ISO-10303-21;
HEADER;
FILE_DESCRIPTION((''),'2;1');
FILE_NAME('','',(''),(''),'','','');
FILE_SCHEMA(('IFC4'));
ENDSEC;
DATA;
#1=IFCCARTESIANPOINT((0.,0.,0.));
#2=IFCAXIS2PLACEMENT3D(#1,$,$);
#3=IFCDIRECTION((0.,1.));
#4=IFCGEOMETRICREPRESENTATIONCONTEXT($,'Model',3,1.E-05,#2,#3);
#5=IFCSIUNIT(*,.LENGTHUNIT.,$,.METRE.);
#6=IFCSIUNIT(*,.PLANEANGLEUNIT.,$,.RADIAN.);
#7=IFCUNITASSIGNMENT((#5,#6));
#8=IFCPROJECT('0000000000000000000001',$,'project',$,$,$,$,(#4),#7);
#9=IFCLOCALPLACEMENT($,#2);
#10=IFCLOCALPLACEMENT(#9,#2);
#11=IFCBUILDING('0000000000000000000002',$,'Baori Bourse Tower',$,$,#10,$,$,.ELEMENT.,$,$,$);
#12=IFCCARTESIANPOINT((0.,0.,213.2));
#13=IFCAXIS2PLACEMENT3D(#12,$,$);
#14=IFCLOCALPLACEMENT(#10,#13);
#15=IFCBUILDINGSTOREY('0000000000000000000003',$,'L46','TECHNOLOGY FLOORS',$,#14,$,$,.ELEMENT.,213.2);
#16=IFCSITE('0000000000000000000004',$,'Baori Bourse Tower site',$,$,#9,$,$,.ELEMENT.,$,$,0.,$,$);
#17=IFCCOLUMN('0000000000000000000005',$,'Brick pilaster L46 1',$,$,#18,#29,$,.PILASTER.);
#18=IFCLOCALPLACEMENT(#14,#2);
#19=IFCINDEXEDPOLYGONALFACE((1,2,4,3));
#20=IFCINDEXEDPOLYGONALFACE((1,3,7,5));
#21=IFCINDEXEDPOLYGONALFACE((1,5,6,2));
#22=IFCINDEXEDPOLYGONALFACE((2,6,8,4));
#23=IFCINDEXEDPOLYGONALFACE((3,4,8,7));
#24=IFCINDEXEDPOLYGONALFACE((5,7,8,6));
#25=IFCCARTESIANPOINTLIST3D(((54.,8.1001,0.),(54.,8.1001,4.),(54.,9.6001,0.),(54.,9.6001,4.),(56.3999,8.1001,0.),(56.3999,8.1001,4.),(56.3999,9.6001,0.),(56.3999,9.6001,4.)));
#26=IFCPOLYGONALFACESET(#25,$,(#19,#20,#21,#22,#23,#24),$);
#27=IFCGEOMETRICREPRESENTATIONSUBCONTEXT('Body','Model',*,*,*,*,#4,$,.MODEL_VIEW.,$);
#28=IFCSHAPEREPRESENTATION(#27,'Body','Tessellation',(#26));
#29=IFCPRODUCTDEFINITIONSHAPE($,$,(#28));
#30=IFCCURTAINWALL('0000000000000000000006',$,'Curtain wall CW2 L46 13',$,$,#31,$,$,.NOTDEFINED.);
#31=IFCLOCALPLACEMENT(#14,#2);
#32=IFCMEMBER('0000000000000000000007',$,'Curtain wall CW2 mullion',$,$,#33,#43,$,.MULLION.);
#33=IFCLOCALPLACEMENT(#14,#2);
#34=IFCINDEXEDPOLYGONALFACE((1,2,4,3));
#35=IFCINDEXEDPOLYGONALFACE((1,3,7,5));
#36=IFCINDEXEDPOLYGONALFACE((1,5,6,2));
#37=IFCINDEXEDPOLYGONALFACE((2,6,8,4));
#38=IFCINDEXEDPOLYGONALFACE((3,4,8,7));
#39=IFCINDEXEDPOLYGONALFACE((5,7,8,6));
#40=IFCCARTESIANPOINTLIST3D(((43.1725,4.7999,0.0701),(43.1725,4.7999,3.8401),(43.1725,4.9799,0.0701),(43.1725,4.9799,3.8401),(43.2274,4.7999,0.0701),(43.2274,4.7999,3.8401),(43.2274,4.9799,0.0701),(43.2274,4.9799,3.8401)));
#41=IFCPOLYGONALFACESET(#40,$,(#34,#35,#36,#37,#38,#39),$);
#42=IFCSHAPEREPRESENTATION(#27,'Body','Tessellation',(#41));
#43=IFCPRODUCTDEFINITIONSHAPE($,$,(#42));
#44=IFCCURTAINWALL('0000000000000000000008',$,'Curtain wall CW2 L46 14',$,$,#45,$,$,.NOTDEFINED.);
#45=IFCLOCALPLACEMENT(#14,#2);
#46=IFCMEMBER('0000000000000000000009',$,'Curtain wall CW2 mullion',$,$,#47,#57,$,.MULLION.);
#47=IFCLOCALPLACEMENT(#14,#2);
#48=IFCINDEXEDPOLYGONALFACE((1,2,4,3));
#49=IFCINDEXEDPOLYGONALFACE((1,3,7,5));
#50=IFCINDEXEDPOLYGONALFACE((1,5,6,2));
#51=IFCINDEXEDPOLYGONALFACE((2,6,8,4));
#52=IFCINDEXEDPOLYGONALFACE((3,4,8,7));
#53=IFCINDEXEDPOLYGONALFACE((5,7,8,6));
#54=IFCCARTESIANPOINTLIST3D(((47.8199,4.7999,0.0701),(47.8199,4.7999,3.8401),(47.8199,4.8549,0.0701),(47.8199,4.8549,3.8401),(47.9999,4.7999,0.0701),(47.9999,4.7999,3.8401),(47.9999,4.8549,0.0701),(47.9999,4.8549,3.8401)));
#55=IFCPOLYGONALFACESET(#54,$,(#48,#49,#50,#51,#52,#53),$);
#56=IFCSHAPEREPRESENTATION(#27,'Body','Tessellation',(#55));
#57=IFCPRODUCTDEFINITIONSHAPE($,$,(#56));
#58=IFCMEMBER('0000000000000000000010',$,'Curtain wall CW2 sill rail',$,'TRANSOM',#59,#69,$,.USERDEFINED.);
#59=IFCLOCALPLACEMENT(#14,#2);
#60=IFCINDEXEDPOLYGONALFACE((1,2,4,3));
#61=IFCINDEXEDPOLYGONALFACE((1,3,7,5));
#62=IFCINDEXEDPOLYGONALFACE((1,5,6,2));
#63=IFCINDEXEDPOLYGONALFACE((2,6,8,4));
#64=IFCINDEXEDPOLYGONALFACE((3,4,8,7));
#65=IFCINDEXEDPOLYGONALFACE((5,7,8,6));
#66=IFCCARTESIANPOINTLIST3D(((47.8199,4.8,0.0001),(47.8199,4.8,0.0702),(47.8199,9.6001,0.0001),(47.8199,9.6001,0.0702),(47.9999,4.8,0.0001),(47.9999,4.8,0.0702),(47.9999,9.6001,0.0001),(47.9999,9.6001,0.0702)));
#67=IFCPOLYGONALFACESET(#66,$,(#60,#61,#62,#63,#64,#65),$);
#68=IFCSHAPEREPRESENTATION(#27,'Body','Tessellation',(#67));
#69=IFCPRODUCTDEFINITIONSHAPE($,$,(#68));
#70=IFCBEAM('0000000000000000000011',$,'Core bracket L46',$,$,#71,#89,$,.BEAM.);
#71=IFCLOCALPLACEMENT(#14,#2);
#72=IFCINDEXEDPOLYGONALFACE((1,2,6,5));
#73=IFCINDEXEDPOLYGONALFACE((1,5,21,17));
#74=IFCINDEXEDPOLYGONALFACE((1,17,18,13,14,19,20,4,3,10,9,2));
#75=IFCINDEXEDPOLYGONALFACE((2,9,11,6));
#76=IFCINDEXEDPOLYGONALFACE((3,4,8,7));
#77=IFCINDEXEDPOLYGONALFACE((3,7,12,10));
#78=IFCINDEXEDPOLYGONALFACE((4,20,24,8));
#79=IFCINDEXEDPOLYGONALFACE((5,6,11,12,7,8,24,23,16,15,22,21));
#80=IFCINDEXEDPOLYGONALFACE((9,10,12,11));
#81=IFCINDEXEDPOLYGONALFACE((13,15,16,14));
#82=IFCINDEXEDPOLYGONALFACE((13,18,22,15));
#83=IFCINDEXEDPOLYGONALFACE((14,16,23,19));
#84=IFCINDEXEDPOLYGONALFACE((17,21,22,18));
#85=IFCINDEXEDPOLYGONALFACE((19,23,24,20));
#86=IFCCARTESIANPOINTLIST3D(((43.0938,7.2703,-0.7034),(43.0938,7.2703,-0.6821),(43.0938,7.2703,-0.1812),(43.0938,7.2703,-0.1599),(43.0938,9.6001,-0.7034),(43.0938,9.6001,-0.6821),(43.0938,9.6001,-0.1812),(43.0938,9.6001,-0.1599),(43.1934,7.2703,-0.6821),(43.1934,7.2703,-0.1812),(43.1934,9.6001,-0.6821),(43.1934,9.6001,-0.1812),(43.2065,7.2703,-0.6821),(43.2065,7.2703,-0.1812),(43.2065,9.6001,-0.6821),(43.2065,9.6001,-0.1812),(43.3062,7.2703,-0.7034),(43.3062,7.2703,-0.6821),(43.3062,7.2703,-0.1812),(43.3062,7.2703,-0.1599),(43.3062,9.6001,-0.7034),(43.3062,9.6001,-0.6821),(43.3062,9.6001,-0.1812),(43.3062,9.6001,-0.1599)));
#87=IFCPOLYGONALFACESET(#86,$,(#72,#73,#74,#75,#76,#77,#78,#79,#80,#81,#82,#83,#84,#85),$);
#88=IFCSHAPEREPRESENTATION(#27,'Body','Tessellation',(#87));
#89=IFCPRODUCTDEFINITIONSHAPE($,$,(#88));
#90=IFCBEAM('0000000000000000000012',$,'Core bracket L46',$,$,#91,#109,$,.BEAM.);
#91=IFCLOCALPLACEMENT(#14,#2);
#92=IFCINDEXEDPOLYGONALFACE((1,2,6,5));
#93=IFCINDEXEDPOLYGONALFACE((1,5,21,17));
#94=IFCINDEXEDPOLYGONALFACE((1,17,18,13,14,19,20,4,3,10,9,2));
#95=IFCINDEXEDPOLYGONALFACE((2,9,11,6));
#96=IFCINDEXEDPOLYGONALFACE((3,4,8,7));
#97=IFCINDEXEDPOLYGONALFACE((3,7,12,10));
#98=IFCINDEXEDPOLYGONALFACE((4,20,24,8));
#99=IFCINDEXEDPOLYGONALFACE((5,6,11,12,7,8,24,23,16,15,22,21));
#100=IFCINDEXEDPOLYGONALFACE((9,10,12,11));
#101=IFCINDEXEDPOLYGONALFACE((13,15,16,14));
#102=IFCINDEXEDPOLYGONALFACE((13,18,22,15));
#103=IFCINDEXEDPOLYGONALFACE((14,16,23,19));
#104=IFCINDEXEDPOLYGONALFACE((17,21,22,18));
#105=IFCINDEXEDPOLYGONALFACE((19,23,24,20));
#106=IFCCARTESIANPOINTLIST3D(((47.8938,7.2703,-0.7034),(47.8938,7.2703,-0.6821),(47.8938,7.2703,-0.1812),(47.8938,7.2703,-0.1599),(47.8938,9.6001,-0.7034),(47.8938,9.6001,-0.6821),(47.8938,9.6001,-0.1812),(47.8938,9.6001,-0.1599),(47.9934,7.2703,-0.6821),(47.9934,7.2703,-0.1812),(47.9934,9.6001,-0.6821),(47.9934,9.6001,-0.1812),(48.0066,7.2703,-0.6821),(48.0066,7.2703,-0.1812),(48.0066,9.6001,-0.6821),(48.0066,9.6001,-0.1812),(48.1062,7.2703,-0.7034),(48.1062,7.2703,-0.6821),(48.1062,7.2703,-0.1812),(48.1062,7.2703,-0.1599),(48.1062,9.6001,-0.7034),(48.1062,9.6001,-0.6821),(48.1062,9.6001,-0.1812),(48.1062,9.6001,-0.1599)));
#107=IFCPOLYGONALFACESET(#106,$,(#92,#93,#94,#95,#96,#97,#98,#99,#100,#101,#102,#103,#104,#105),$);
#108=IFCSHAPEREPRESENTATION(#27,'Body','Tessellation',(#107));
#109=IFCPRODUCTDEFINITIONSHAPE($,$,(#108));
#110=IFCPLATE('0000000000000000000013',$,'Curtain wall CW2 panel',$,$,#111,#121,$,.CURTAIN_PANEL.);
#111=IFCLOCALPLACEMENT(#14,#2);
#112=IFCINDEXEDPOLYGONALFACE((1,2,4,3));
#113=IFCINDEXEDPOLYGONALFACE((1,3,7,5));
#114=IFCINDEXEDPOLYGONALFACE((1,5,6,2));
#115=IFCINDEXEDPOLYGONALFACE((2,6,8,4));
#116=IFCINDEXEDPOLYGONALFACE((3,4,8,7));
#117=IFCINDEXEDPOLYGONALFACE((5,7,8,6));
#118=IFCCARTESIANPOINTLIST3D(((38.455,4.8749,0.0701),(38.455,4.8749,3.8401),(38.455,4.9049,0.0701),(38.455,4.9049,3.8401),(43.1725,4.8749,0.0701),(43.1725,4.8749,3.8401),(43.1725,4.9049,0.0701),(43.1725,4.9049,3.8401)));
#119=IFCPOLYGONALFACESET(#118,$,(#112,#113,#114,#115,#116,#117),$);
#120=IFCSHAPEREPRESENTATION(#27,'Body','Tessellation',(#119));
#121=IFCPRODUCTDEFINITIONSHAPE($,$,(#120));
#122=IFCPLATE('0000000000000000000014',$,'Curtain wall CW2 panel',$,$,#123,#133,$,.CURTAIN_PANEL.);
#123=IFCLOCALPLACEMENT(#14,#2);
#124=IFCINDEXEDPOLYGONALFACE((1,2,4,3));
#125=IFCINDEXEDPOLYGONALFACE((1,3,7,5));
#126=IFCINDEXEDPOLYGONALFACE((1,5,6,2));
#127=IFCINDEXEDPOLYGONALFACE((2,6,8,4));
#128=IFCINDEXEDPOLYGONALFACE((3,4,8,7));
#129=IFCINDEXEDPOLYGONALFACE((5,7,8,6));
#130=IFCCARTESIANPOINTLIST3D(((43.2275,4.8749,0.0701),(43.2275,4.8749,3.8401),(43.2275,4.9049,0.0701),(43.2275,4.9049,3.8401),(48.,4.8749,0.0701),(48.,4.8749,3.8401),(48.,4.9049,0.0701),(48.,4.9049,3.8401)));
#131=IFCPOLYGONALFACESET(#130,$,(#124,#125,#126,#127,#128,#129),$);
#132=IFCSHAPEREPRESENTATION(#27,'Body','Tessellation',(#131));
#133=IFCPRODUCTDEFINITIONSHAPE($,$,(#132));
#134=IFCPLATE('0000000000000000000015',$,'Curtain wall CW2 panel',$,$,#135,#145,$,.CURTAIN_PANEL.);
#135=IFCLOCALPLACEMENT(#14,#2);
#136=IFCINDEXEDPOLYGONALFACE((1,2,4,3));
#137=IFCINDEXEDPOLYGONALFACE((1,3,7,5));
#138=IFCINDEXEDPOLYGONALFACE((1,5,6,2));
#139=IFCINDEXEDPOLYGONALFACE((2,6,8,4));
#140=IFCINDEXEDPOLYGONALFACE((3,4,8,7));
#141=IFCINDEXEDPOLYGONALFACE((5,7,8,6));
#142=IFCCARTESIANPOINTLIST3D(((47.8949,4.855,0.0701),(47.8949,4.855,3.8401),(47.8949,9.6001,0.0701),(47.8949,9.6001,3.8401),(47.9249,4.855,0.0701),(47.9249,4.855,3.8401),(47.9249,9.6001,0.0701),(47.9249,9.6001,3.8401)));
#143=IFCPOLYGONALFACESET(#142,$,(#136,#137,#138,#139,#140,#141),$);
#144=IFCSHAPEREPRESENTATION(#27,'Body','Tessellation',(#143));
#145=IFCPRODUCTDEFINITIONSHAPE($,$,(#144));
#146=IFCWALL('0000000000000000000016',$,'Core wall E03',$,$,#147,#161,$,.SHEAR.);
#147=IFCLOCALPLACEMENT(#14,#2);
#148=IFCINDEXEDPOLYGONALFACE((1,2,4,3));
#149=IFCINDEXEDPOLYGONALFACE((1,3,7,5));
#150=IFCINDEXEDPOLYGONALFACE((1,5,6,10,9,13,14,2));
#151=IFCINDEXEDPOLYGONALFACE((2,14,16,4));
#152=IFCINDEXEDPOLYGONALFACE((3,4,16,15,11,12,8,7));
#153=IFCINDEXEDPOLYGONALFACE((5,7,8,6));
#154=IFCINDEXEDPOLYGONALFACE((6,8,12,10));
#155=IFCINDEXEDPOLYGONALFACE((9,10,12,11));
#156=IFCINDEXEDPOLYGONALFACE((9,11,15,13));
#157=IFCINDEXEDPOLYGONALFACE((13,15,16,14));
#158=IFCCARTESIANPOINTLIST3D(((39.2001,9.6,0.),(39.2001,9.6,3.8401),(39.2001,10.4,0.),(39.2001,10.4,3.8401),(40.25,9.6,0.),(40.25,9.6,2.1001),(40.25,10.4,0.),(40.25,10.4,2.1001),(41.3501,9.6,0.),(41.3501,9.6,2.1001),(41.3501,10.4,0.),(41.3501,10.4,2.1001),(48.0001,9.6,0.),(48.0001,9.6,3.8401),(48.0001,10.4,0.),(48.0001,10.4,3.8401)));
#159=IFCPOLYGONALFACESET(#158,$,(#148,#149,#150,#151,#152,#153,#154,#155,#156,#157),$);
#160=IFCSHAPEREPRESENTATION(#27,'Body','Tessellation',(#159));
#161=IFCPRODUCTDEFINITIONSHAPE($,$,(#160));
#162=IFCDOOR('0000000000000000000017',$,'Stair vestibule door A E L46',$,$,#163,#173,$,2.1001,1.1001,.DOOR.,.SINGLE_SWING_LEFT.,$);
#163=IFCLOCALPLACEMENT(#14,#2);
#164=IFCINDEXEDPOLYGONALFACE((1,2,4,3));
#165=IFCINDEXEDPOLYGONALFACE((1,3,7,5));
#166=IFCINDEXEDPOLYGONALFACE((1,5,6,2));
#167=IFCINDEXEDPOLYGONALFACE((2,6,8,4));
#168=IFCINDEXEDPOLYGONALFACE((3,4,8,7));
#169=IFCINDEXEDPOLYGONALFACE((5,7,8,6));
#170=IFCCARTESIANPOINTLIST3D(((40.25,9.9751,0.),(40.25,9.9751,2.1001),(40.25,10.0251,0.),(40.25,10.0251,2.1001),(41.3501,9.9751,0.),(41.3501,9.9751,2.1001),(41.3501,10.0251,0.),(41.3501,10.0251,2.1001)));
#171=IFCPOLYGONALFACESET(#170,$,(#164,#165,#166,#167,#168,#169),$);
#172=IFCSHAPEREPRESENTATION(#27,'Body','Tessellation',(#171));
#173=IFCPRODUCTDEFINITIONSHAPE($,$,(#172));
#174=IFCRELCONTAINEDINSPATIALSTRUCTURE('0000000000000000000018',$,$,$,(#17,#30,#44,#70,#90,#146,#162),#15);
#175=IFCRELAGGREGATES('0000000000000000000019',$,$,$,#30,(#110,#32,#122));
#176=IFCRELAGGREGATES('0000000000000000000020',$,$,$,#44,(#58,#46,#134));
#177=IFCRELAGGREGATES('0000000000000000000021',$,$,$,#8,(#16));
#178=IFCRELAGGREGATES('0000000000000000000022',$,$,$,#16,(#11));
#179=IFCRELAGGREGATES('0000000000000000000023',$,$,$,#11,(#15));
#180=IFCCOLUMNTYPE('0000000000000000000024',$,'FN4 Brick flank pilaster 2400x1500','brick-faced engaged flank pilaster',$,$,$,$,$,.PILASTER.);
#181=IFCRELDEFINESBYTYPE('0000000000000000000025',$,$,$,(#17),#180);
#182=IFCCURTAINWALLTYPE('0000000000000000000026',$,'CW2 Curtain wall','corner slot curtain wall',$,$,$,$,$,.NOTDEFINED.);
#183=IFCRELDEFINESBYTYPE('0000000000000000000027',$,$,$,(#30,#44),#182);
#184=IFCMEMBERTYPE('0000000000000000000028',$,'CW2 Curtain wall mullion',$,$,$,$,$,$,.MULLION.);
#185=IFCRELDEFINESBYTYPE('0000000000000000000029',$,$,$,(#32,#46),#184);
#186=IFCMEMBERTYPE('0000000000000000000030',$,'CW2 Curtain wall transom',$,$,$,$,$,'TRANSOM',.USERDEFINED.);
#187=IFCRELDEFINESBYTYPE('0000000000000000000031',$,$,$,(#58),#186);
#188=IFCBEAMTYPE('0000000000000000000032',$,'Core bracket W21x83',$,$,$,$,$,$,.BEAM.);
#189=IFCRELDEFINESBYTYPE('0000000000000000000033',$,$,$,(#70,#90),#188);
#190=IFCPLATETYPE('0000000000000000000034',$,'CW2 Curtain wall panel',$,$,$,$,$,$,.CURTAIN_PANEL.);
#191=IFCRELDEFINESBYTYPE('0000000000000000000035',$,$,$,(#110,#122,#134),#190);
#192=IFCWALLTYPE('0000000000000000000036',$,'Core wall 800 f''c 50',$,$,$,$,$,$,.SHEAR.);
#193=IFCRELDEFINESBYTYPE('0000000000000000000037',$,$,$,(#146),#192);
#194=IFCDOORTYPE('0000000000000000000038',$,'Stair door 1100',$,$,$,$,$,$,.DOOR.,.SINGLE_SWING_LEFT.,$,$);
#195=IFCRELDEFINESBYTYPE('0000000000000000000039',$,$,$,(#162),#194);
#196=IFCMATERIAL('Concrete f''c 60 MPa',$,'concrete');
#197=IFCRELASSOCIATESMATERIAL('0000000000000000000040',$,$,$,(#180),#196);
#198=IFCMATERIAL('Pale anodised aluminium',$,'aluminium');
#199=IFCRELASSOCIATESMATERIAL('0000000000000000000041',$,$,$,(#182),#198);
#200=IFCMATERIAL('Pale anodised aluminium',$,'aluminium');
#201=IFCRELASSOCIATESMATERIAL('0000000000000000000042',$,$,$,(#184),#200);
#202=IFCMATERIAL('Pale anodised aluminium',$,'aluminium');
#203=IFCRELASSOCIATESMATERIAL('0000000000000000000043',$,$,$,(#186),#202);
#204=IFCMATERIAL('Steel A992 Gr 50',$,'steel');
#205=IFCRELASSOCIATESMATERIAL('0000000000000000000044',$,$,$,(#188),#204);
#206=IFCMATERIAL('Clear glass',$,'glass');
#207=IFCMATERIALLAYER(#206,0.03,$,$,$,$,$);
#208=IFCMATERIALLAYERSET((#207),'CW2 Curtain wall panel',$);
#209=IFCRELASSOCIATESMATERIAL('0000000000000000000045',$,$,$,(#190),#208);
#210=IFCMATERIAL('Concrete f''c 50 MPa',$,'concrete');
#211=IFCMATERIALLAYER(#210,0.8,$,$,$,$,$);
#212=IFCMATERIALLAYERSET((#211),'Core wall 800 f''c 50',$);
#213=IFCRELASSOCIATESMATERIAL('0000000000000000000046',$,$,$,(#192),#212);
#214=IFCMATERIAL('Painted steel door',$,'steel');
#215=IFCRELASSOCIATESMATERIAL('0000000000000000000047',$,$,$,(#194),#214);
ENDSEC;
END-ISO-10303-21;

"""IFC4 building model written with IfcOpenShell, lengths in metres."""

from ifc_helpers import new_model, si_unit, direction, frame, frame_2d, origin, origin_2d, place, context, subcontext, project, spatial, rectangle, i_section, extrude, material, layer, layer_set, material_profile, profile_set, type_object, element, fill, aggregate, save


model = new_model("IFC4")

# Units and contexts
model_context = context("Model", 3, precision=1e-05, world=origin(), true_north=direction((0.0, 1.0)))
body_context = subcontext(model_context, "Body", "Model", "MODEL_VIEW")
ifc_project = project(units=[si_unit("LENGTHUNIT", "METRE"), si_unit("PLANEANGLEUNIT", "RADIAN")], contexts=[model_context])

# Site, building, storey
site_placement = place(None, origin())
site = spatial("IfcSite", under=ifc_project, at=site_placement, Name="Baori Bourse Tower site", CompositionType="ELEMENT", RefElevation=0.0)
building_placement = place(site_placement, origin())
building = spatial("IfcBuilding", under=site, at=building_placement, Name="Baori Bourse Tower", CompositionType="ELEMENT")
storey_placement = place(building_placement, frame((0.0, 0.0, 213.2)))
storey = spatial("IfcBuildingStorey", under=building, at=storey_placement, Name="L46", Description="TECHNOLOGY FLOORS", CompositionType="ELEMENT", Elevation=213.2)

# Column
ifc_material_1 = material(Name="Concrete f'c 60 MPa", Category="concrete")
ifc_material_profile_1 = material_profile(ifc_material_1, rectangle(XDim=2.3999, YDim=1.5, at=origin_2d()), Name="RC 2400x1500")
ifc_profile_set_1 = profile_set([ifc_material_profile_1], Name="Concrete f'c 60 MPa")
column_type = type_object("IfcColumnType", Name="FN4 Brick flank pilaster 2400x1500", Description="brick-faced engaged flank pilaster", PredefinedType="PILASTER", material=ifc_profile_set_1)
column_placement = place(storey_placement, frame((55.2, 8.8501, 0.0), z_axis=(0.0, 0.0, 1.0), x_axis=(1.0, 0.0, 0.0)))
element("IfcColumn", 1, at=column_placement, inside=storey, type_object=column_type, Name="Brick pilaster L46 1", PredefinedType="PILASTER", context=body_context, shape_type="SweptSolid", body=[
    extrude(rectangle(XDim=2.3999, YDim=1.5, at=origin_2d()), origin(), (0.0, 0.0, 1.0), 4.0),
])

# Curtain wall, member
ifc_material_2 = material(Name="Pale anodised aluminium", Category="aluminium")
curtain_wall_type = type_object("IfcCurtainWallType", Name="CW2 Curtain wall", Description="corner slot curtain wall", PredefinedType="NOTDEFINED", material=ifc_material_2)
curtain_wall_1_placement = place(storey_placement, origin())
curtain_wall_1 = element("IfcCurtainWall", 2, at=curtain_wall_1_placement, inside=storey, type_object=curtain_wall_type, Name="Curtain wall CW2 L46 13", PredefinedType="NOTDEFINED")
ifc_material_3 = material(Name="Pale anodised aluminium", Category="aluminium")
ifc_material_profile_2 = material_profile(ifc_material_3, rectangle(XDim=0.1799, YDim=0.0549, at=origin_2d()), Name="Mullion 55x180")
ifc_profile_set_2 = profile_set([ifc_material_profile_2], Name="Pale anodised aluminium")
member_type_1 = type_object("IfcMemberType", Name="CW2 Curtain wall mullion", PredefinedType="MULLION", material=ifc_profile_set_2)
member_1_placement = place(storey_placement, frame((43.2, 4.8899, 0.0701), z_axis=(0.0, 0.0, 1.0), x_axis=(0.0, 1.0, 0.0)))
member_1 = element("IfcMember", 3, at=member_1_placement, type_object=member_type_1, Name="Curtain wall CW2 mullion", PredefinedType="MULLION", context=body_context, shape_type="SweptSolid", body=[
    extrude(rectangle(XDim=0.1799, YDim=0.0549, at=origin_2d()), origin(), (0.0, 0.0, 1.0), 3.77),
])

# Curtain wall, members
curtain_wall_2_placement = place(storey_placement, origin())
curtain_wall_2 = element("IfcCurtainWall", 4, at=curtain_wall_2_placement, inside=storey, type_object=curtain_wall_type, Name="Curtain wall CW2 L46 14", PredefinedType="NOTDEFINED")
member_2_placement = place(storey_placement, frame((47.9099, 4.8274, 0.0701), z_axis=(0.0, 0.0, 1.0), x_axis=(-1.0, 0.0, 0.0)))
member_2 = element("IfcMember", 5, at=member_2_placement, type_object=member_type_1, Name="Curtain wall CW2 mullion", PredefinedType="MULLION", context=body_context, shape_type="SweptSolid", body=[
    extrude(rectangle(XDim=0.1799, YDim=0.0549, at=origin_2d()), origin(), (0.0, 0.0, 1.0), 3.77),
])
ifc_material_4 = material(Name="Pale anodised aluminium", Category="aluminium")
ifc_material_profile_3 = material_profile(ifc_material_4, rectangle(XDim=0.1799, YDim=0.0701, at=origin_2d()), Name="Transom 70x180")
ifc_profile_set_3 = profile_set([ifc_material_profile_3], Name="Pale anodised aluminium")
member_type_2 = type_object("IfcMemberType", Name="CW2 Curtain wall transom", ElementType="TRANSOM", PredefinedType="USERDEFINED", material=ifc_profile_set_3)
member_3_placement = place(storey_placement, frame((47.9099, 4.8, 0.0352), z_axis=(0.0, 1.0, 0.0), x_axis=(-1.0, 0.0, 0.0)))
member_3 = element("IfcMember", 6, at=member_3_placement, type_object=member_type_2, Name="Curtain wall CW2 sill rail", ObjectType="TRANSOM", PredefinedType="USERDEFINED", context=body_context, shape_type="SweptSolid", body=[
    extrude(rectangle(XDim=0.1799, YDim=0.0701, at=origin_2d()), origin(), (0.0, 0.0, 1.0), 4.8),
])

# Beams
ifc_material_5 = material(Name="Steel A992 Gr 50", Category="steel")
ifc_material_profile_4 = material_profile(ifc_material_5, i_section(OverallWidth=0.2124, OverallDepth=0.5435, WebThickness=0.0132, FlangeThickness=0.0212, at=origin_2d()), Name="W21x83")
ifc_profile_set_4 = profile_set([ifc_material_profile_4], Name="Steel A992 Gr 50")
beam_type = type_object("IfcBeamType", Name="Core bracket W21x83", PredefinedType="BEAM", material=ifc_profile_set_4)
for number, where, z_axis, x_axis, name in (
    (7, (43.2, 7.2703, -0.4316), (0.0, 1.0, 0.0), (-1.0, 0.0, 0.0), "Core bracket L46"),
    (8, (48.0, 7.2703, -0.4316), (0.0, 1.0, 0.0), (-1.0, 0.0, 0.0), "Core bracket L46"),
):
    element("IfcBeam", number, at=place(storey_placement, frame(where, z_axis=z_axis, x_axis=x_axis)), inside=storey, type_object=beam_type, Name=name, PredefinedType="BEAM", context=body_context, shape_type="SweptSolid", body=[
        extrude(i_section(OverallWidth=0.2124, OverallDepth=0.5435, WebThickness=0.0132, FlangeThickness=0.0212, at=origin_2d()), origin(), (0.0, 0.0, 1.0), 2.3298),
    ])

# Plates
ifc_material_6 = material(Name="Clear glass", Category="glass")
ifc_layer_1 = layer(ifc_material_6, 0.03)
ifc_layer_set_1 = layer_set([ifc_layer_1], Name="CW2 Curtain wall panel")
plate_type = type_object("IfcPlateType", Name="CW2 Curtain wall panel", PredefinedType="CURTAIN_PANEL", material=ifc_layer_set_1)
plate_1_placement = place(storey_placement, frame((40.8137, 4.8899, 0.0701), z_axis=(0.0, 0.0, 1.0), x_axis=(1.0, 0.0, 0.0)))
plate_1 = element("IfcPlate", 9, at=plate_1_placement, type_object=plate_type, Name="Curtain wall CW2 panel", PredefinedType="CURTAIN_PANEL", context=body_context, shape_type="SweptSolid", body=[
    extrude(rectangle(XDim=4.7175, YDim=0.03, at=origin_2d()), origin(), (0.0, 0.0, 1.0), 3.77),
])
plate_2_placement = place(storey_placement, frame((45.6138, 4.8899, 0.0701), z_axis=(0.0, 0.0, 1.0), x_axis=(1.0, 0.0, 0.0)))
plate_2 = element("IfcPlate", 10, at=plate_2_placement, type_object=plate_type, Name="Curtain wall CW2 panel", PredefinedType="CURTAIN_PANEL", context=body_context, shape_type="SweptSolid", body=[
    extrude(rectangle(XDim=4.7725, YDim=0.03, at=origin_2d()), origin(), (0.0, 0.0, 1.0), 3.77),
])
aggregate(curtain_wall_1, [plate_1, member_1, plate_2])
plate_3_placement = place(storey_placement, frame((47.9099, 7.2275, 0.0701), z_axis=(0.0, 0.0, 1.0), x_axis=(0.0, 1.0, 0.0)))
plate_3 = element("IfcPlate", 11, at=plate_3_placement, type_object=plate_type, Name="Curtain wall CW2 panel", PredefinedType="CURTAIN_PANEL", context=body_context, shape_type="SweptSolid", body=[
    extrude(rectangle(XDim=4.7451, YDim=0.03, at=origin_2d()), origin(), (0.0, 0.0, 1.0), 3.77),
])
aggregate(curtain_wall_2, [member_3, member_2, plate_3])

# Wall, opening, door
ifc_material_7 = material(Name="Concrete f'c 50 MPa", Category="concrete")
ifc_layer_2 = layer(ifc_material_7, 0.8)
ifc_layer_set_2 = layer_set([ifc_layer_2], Name="Core wall 800 f'c 50")
wall_type_1 = type_object("IfcWallType", Name="Core wall 800 f'c 50", PredefinedType="SHEAR", material=ifc_layer_set_2)
wall_1_placement = place(storey_placement, frame((48.0, 10.0, 0.0), z_axis=(0.0, 0.0, 1.0), x_axis=(-1.0, 0.0, 0.0)))
wall_1 = element("IfcWall", 12, at=wall_1_placement, inside=storey, type_object=wall_type_1, Name="Core wall E03", PredefinedType="SHEAR", context=body_context, shape_type="SweptSolid", body=[
    extrude(rectangle(XDim=8.8, YDim=0.8, at=frame_2d((4.3999, 0.0))), origin(), (0.0, 0.0, 1.0), 3.8401),
])
opening_1_placement = place(wall_1_placement, frame((6.6499, 0.0, 0.0)))
opening_1 = element("IfcOpeningElement", 13, at=opening_1_placement, cuts=wall_1, PredefinedType="OPENING", context=body_context, shape_type="SweptSolid", body=[
    extrude(rectangle(XDim=1.1001, YDim=2.1001, at=frame_2d((0.55, 1.05))), frame((0.0, 0.4099, 0.0), z_axis=(0.0, -1.0, 0.0), x_axis=(1.0, 0.0, 0.0)), (0.0, 0.0, 1.0), 0.8201),
])
ifc_material_8 = material(Name="Painted steel door", Category="steel")
door_type_1 = type_object("IfcDoorType", Name="Stair door 1100", OperationType="SINGLE_SWING_LEFT", PredefinedType="DOOR", material=ifc_material_8)
door_1_placement = place(opening_1_placement, origin())
door_1 = element("IfcDoor", 14, at=door_1_placement, inside=storey, type_object=door_type_1, Name="Stair vestibule door A E L46", OperationType="SINGLE_SWING_LEFT", OverallHeight=2.1001, OverallWidth=1.1001, PredefinedType="DOOR", context=body_context, shape_type="SweptSolid", body=[
    extrude(rectangle(XDim=1.1001, YDim=2.1001, at=frame_2d((0.55, 1.05))), frame((0.0, 0.0249, 0.0), z_axis=(0.0, -1.0, 0.0), x_axis=(1.0, 0.0, 0.0)), (0.0, 0.0, 1.0), 0.05),
])
fill(opening_1, door_1)

save(model, "model.ifc")
